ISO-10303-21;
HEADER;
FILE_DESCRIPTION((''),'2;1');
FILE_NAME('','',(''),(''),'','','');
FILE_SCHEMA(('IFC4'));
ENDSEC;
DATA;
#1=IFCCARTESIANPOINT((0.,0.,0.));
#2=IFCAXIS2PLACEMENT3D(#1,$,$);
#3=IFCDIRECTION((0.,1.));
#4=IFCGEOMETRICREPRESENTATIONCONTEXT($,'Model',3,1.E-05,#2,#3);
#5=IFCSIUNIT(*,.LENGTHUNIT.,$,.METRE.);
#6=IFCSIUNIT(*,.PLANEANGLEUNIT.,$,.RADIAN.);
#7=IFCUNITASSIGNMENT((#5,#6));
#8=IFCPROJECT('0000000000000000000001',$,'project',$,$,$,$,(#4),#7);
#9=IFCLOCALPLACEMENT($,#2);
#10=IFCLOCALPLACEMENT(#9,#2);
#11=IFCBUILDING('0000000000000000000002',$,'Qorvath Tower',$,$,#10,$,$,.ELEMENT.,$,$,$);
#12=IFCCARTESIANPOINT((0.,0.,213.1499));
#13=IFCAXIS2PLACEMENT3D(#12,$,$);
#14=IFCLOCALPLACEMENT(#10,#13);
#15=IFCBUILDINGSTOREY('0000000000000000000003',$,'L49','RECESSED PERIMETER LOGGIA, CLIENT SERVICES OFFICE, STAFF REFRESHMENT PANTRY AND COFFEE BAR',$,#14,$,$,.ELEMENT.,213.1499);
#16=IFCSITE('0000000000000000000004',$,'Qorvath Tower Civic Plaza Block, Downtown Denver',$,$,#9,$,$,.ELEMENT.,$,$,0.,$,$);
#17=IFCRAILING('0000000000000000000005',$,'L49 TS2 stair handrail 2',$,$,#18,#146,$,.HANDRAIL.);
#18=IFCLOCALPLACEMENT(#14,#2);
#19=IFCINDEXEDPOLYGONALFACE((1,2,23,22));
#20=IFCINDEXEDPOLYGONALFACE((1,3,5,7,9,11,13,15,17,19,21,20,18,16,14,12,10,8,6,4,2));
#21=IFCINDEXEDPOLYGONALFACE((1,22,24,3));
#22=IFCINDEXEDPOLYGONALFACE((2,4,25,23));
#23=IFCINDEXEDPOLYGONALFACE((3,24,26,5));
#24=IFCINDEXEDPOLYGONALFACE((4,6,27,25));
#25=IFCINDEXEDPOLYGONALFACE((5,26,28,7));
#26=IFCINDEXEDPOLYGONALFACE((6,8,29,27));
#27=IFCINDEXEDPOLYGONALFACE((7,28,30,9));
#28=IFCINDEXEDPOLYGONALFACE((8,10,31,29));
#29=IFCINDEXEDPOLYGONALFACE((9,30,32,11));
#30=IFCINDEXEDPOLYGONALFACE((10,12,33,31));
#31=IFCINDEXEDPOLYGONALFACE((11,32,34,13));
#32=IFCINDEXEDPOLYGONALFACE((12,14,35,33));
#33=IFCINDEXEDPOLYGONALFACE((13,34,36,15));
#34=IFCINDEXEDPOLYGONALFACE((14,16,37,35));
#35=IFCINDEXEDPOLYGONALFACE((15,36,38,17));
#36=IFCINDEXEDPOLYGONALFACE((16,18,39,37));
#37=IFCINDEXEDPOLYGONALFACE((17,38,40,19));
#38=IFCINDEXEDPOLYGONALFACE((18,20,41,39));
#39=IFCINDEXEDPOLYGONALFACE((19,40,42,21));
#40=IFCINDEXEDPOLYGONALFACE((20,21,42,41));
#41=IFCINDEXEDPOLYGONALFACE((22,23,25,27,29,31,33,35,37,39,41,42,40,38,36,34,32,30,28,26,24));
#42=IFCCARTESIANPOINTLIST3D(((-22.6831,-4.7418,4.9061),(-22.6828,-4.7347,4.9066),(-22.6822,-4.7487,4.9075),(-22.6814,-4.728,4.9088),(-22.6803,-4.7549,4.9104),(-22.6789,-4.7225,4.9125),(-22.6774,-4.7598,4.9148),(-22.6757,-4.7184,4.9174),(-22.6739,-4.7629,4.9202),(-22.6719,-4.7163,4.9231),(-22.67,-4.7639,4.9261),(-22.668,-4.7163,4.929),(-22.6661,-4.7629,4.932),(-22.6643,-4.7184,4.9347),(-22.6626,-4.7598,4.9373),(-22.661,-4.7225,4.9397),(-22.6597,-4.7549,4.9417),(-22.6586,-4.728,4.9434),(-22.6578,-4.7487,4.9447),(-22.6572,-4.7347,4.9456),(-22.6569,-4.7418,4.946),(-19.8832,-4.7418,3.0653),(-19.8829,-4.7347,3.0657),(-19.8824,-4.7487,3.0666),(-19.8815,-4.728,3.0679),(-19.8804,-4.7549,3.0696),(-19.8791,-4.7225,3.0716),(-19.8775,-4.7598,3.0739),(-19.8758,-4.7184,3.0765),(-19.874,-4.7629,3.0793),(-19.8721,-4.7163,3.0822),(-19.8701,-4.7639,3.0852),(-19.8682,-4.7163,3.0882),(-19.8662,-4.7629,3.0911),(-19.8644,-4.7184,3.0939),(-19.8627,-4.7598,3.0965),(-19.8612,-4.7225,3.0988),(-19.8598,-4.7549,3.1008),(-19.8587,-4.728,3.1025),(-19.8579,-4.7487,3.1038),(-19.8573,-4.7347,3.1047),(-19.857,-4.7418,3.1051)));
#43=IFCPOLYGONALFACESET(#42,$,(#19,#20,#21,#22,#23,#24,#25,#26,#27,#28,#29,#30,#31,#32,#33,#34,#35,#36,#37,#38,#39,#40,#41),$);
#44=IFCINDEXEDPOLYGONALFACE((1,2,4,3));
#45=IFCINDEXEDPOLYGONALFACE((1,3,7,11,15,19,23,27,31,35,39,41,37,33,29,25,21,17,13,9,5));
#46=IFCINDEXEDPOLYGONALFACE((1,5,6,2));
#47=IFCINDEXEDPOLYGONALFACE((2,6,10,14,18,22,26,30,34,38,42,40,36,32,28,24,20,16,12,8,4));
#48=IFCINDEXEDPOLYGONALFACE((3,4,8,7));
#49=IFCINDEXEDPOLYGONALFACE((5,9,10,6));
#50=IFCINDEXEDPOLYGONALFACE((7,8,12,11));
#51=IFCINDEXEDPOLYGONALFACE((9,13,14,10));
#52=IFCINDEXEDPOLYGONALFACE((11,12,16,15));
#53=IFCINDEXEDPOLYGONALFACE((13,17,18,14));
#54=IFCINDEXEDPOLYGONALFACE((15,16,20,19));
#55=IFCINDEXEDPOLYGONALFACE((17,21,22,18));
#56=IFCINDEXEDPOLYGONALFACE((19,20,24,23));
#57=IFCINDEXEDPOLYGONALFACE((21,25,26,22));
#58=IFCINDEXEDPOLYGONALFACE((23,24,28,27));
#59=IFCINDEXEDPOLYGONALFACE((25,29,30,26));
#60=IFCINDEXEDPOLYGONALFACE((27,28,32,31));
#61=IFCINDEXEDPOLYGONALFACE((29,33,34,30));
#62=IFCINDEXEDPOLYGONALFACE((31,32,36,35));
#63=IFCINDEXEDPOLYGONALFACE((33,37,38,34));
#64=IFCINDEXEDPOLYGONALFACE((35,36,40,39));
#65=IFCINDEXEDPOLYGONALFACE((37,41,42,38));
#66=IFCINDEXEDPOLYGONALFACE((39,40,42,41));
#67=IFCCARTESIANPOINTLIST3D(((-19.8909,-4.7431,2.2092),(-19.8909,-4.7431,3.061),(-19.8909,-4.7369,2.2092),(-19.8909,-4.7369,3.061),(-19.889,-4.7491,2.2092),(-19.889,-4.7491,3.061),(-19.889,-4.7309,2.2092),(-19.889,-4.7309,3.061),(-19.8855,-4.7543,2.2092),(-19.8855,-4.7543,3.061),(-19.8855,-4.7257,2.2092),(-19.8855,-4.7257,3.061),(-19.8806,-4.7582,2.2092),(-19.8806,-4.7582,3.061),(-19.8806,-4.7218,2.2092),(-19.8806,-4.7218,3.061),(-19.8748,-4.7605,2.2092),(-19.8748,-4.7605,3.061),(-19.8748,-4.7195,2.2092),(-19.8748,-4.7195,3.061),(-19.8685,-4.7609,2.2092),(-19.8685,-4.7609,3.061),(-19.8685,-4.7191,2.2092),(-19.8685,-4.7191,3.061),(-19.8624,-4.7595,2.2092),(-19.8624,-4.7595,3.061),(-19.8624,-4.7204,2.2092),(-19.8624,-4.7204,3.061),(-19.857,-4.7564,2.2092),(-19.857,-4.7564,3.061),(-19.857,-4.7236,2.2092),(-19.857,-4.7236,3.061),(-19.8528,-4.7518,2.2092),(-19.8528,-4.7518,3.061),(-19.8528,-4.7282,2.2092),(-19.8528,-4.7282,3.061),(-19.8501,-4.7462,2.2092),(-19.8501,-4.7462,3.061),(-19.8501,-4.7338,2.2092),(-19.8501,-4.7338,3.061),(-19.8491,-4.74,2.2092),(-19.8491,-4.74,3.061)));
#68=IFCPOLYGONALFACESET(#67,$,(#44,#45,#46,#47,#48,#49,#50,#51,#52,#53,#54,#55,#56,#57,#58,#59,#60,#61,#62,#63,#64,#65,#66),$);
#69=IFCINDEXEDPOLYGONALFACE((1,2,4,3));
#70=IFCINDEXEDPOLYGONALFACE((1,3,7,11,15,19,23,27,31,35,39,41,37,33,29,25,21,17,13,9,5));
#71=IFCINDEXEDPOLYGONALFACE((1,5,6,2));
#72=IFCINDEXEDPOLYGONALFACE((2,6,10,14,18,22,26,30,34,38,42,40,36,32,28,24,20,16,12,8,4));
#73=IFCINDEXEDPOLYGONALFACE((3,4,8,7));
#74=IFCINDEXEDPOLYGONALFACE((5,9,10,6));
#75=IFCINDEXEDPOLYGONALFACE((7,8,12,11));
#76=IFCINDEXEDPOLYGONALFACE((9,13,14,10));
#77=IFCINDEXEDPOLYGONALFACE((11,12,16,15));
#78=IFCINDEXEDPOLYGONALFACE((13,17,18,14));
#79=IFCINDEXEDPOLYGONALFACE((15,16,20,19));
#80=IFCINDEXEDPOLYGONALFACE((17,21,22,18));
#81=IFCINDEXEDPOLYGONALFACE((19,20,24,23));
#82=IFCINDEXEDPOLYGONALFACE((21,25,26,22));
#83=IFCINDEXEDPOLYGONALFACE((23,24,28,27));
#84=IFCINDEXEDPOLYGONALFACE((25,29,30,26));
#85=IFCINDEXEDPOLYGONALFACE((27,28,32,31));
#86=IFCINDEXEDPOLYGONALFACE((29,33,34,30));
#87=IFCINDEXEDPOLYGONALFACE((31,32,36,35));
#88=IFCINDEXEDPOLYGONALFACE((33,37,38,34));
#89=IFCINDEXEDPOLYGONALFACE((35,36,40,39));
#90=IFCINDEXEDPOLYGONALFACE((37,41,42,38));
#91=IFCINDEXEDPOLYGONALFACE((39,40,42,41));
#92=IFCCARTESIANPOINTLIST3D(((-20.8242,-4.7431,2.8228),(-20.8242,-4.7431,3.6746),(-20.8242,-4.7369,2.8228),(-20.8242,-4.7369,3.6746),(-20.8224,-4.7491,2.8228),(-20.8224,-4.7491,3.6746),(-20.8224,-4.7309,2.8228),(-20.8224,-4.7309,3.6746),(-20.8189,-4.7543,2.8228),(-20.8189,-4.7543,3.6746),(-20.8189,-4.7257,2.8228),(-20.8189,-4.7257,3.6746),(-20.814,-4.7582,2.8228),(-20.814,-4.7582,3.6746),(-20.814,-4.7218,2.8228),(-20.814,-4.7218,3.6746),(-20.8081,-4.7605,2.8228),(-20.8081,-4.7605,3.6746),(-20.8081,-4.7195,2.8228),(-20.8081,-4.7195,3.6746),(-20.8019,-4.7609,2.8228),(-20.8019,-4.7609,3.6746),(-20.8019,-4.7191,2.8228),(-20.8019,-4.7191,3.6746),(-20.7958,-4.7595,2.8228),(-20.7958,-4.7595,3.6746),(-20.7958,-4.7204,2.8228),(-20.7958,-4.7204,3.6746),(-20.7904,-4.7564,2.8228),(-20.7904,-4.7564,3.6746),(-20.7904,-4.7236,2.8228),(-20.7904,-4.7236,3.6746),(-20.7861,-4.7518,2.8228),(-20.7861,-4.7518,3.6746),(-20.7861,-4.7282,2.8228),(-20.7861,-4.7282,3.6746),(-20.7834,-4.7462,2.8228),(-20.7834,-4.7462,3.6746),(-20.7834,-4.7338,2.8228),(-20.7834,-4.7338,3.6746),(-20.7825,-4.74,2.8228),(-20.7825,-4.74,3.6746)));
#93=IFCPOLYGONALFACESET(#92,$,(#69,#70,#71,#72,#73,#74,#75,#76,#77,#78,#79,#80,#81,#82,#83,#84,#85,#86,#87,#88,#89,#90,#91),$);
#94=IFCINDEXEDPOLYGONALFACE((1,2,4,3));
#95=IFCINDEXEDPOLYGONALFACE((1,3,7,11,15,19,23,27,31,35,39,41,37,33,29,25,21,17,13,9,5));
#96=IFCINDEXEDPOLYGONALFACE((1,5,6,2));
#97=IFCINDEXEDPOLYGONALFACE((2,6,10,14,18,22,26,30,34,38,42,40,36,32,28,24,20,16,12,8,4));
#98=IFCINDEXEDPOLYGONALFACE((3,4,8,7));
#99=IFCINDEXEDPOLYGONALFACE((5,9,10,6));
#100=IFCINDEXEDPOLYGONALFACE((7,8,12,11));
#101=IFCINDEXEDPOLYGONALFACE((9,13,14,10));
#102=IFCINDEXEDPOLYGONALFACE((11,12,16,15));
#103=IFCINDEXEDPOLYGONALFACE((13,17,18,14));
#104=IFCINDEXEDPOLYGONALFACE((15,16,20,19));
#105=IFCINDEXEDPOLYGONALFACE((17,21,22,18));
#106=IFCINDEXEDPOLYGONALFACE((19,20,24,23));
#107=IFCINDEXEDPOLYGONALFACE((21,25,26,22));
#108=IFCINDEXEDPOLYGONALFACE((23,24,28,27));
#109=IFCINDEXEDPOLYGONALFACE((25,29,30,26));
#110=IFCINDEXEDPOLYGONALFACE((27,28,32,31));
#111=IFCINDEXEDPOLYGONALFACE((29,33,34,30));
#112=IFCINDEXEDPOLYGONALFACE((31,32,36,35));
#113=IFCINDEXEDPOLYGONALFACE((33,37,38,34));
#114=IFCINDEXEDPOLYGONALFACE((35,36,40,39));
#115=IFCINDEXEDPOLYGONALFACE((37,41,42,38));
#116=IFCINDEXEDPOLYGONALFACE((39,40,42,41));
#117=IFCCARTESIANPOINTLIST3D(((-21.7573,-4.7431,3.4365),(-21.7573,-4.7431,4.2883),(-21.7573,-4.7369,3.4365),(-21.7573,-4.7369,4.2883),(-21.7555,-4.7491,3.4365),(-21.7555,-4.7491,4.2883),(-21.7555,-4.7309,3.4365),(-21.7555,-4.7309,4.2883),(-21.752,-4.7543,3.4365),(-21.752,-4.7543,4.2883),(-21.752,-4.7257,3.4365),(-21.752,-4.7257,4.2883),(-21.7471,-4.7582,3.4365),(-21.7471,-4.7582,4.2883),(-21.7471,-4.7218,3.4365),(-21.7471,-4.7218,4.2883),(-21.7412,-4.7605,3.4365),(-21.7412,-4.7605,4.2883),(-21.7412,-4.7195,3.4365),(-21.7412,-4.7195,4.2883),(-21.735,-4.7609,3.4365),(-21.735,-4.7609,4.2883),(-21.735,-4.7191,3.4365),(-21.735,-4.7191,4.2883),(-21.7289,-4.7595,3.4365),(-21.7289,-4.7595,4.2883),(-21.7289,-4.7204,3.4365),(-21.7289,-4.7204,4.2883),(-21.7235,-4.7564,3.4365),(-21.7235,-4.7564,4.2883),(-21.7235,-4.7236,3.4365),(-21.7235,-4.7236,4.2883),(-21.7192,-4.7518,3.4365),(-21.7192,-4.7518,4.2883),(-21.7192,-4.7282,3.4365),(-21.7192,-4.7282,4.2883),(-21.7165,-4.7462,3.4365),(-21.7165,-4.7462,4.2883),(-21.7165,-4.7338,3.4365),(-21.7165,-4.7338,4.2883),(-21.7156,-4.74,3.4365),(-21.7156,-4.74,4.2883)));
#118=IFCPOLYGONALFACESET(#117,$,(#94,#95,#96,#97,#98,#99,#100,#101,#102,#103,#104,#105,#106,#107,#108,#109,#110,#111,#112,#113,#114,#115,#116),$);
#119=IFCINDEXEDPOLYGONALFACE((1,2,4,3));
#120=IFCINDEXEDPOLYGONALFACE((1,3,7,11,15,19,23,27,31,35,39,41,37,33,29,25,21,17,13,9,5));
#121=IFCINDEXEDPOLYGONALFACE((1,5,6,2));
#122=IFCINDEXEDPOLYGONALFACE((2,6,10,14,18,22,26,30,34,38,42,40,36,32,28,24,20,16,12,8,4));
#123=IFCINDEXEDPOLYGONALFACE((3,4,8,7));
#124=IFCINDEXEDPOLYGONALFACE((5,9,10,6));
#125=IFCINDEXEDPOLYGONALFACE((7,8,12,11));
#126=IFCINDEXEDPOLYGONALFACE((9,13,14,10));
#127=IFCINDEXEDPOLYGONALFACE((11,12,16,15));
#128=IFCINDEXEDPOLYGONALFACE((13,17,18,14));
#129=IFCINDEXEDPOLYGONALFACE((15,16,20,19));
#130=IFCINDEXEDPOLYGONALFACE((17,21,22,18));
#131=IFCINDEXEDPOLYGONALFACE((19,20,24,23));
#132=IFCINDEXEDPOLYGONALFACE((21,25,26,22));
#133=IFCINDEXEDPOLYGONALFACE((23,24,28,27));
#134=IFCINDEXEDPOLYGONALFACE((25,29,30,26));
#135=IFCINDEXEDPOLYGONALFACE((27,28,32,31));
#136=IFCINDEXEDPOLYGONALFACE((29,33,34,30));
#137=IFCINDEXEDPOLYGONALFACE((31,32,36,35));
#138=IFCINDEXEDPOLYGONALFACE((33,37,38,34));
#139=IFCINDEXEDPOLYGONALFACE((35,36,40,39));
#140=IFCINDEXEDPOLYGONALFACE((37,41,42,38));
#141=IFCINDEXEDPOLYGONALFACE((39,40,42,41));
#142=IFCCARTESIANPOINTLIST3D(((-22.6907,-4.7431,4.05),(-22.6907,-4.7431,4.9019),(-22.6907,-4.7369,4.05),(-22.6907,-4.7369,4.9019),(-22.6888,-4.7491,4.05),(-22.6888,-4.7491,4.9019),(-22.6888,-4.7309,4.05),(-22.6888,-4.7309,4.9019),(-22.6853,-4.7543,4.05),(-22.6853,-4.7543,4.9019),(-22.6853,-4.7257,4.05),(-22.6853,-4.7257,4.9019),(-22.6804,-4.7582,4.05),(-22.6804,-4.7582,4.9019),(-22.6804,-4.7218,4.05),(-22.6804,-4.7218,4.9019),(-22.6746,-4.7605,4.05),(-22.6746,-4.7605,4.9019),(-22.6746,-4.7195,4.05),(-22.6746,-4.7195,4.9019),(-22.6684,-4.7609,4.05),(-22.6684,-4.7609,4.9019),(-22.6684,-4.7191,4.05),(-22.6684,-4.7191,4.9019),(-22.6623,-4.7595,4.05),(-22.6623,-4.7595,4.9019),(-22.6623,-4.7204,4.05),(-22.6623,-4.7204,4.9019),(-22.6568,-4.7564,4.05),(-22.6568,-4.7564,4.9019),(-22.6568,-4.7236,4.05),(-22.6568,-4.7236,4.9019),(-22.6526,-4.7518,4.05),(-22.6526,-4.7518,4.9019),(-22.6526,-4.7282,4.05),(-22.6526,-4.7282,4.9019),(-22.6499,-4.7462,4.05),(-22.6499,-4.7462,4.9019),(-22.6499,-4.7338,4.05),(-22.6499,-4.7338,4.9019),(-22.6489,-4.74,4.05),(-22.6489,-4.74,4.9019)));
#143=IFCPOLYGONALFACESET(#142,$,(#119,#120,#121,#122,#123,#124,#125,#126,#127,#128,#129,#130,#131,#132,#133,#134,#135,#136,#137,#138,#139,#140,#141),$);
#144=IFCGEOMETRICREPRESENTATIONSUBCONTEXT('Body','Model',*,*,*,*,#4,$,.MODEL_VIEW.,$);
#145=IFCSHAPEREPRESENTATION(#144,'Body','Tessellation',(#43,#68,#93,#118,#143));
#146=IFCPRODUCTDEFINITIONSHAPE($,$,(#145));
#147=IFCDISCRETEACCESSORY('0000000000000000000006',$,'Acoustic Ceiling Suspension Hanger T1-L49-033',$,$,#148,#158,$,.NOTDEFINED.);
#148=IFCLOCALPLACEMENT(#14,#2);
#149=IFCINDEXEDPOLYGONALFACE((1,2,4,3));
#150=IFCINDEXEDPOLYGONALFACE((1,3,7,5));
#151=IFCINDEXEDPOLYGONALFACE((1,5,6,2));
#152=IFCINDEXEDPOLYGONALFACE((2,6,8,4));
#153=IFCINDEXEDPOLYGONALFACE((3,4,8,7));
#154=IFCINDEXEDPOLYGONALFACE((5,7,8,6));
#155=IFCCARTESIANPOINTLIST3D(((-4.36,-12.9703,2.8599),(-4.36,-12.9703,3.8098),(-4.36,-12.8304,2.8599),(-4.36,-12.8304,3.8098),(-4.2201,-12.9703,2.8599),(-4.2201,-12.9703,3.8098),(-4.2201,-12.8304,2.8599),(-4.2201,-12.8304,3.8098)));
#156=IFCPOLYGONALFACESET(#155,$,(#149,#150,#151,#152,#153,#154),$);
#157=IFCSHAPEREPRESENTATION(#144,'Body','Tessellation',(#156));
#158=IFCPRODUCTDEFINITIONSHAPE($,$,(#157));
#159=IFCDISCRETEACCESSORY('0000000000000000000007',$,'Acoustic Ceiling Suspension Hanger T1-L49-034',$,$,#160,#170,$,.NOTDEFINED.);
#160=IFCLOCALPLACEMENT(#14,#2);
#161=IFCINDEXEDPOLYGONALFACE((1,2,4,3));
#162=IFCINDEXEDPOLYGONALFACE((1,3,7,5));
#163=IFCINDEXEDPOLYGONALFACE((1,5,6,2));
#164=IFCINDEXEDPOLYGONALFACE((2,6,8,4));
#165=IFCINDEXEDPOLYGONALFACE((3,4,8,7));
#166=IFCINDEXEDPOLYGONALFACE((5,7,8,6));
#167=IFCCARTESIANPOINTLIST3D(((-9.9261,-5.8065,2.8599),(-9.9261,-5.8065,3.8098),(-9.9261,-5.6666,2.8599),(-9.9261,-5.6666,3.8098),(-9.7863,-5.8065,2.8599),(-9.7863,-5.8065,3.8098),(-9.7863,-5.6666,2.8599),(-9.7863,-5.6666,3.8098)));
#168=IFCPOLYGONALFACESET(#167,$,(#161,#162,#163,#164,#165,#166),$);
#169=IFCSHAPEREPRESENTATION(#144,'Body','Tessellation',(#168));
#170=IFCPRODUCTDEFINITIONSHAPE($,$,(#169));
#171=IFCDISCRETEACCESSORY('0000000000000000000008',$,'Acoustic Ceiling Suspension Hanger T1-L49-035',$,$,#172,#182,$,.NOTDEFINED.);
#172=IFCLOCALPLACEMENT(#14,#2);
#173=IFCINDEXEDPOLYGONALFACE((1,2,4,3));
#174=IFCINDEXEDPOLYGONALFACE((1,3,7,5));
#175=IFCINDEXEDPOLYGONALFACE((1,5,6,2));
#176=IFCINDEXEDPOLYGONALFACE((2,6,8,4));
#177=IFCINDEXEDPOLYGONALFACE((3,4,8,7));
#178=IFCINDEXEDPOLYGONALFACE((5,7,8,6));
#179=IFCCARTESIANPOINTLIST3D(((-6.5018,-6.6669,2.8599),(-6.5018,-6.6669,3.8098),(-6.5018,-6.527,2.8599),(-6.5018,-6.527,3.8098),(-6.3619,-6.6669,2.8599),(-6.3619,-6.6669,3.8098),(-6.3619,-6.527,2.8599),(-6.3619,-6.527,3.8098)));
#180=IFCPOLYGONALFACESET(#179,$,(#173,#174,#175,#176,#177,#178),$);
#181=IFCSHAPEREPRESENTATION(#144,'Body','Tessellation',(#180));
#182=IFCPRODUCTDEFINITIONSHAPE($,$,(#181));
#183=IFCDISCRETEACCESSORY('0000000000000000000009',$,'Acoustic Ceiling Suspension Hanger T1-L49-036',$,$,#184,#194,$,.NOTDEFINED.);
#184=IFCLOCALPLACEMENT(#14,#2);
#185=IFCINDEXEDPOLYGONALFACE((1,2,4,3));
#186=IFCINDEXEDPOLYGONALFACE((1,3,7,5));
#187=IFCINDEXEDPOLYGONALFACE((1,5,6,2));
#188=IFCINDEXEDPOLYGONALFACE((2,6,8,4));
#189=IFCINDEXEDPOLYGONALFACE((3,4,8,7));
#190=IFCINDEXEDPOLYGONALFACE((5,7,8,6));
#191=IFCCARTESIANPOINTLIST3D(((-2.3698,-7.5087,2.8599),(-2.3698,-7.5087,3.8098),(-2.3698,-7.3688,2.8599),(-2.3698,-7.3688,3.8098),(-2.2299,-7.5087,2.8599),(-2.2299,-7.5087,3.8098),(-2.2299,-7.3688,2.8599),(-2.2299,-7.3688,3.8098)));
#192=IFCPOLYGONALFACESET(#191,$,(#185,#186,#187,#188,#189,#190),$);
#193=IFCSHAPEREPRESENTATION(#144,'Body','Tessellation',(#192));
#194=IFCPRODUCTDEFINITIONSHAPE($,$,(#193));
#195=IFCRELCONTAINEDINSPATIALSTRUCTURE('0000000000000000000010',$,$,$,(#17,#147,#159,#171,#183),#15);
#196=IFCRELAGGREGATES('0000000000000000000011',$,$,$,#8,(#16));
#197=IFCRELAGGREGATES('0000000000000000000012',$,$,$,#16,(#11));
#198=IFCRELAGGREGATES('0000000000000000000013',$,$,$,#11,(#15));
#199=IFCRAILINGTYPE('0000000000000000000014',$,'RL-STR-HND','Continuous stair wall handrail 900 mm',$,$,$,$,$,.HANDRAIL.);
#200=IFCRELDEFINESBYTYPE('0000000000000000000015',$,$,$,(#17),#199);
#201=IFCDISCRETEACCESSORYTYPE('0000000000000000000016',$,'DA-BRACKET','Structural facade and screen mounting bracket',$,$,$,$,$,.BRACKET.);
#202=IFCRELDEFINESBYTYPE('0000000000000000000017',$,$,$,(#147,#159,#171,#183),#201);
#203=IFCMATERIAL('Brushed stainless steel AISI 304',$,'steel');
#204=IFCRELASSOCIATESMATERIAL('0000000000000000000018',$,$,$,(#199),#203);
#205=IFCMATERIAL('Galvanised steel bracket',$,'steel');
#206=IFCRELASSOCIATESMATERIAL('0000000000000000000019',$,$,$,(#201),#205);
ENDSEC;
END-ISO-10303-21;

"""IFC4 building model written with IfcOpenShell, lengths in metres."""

from ifc_helpers import new_model, si_unit, direction, frame, origin, origin_2d, place, context, subcontext, project, spatial, rectangle, circle, extrude, material, type_object, element, save


model = new_model("IFC4")

# Units and contexts
model_context = context("Model", 3, precision=1e-05, world=origin(), true_north=direction((0.0, 1.0)))
body_context = subcontext(model_context, "Body", "Model", "MODEL_VIEW")
ifc_project = project(units=[si_unit("LENGTHUNIT", "METRE"), si_unit("PLANEANGLEUNIT", "RADIAN")], contexts=[model_context])

# Site, building, storey
site_placement = place(None, origin())
site = spatial("IfcSite", under=ifc_project, at=site_placement, Name="Qorvath Tower Civic Plaza Block, Downtown Denver", CompositionType="ELEMENT", RefElevation=0.0)
building_placement = place(site_placement, origin())
building = spatial("IfcBuilding", under=site, at=building_placement, Name="Qorvath Tower", CompositionType="ELEMENT")
storey_placement = place(building_placement, frame((0.0, 0.0, 213.1499)))
storey = spatial("IfcBuildingStorey", under=building, at=storey_placement, Name="L49", Description="RECESSED PERIMETER LOGGIA, CLIENT SERVICES OFFICE, STAFF REFRESHMENT PANTRY AND COFFEE BAR", CompositionType="ELEMENT", Elevation=213.1499)

# Railing
ifc_material_1 = material(Name="Brushed stainless steel AISI 304", Category="steel")
railing_type_1 = type_object("IfcRailingType", Name="RL-STR-HND", Description="Continuous stair wall handrail 900 mm", PredefinedType="HANDRAIL", material=ifc_material_1)
railing_1_placement = place(storey_placement, frame((-19.8701, -4.74, 2.2092)))
element("IfcRailing", 1, at=railing_1_placement, inside=storey, type_object=railing_type_1, Name="L49 TS2 stair handrail 2", PredefinedType="HANDRAIL", context=body_context, shape_type="SweptSolid", body=[
    extrude(circle(Radius=0.0239, at=origin_2d()), frame((0.0, 0.0, 0.876), z_axis=(-0.835576, 0.0, 0.549376), x_axis=(0.0, -1.0, 0.0)), (0.0, 0.0, 1.0), 3.3508),
    extrude(circle(Radius=0.021, at=origin_2d()), origin(), (0.0, 0.0, 1.0), 0.8518),
    extrude(circle(Radius=0.021, at=origin_2d()), frame((-0.9333, 0.0, 0.6135)), (0.0, 0.0, 1.0), 0.8518),
    extrude(circle(Radius=0.021, at=origin_2d()), frame((-1.8665, 0.0, 1.2273)), (0.0, 0.0, 1.0), 0.8518),
    extrude(circle(Radius=0.021, at=origin_2d()), frame((-2.7998, 0.0, 1.8408)), (0.0, 0.0, 1.0), 0.8518),
])

# Discrete accessories
ifc_material_2 = material(Name="Galvanised steel bracket", Category="steel")
discrete_accessory_type = type_object("IfcDiscreteAccessoryType", Name="DA-BRACKET", Description="Structural facade and screen mounting bracket", PredefinedType="BRACKET", material=ifc_material_2)
for number, where, z_axis, x_axis, name in (
    (2, (-4.29, -12.9004, 2.8599), (0.0, 0.0, 1.0), (1.0, 0.0, 0.0), "Acoustic Ceiling Suspension Hanger T1-L49-033"),
    (3, (-9.8562, -5.7366, 2.8599), (0.0, 0.0, 1.0), (1.0, 0.0, 0.0), "Acoustic Ceiling Suspension Hanger T1-L49-034"),
    (4, (-6.4319, -6.5969, 2.8599), (0.0, 0.0, 1.0), (1.0, 0.0, 0.0), "Acoustic Ceiling Suspension Hanger T1-L49-035"),
    (5, (-2.2998, -7.4387, 2.8599), (0.0, 0.0, 1.0), (1.0, 0.0, 0.0), "Acoustic Ceiling Suspension Hanger T1-L49-036"),
):
    element("IfcDiscreteAccessory", number, at=place(storey_placement, frame(where, z_axis=z_axis, x_axis=x_axis)), inside=storey, type_object=discrete_accessory_type, Name=name, PredefinedType="NOTDEFINED", context=body_context, shape_type="SweptSolid", body=[
        extrude(rectangle(XDim=0.1399, YDim=0.1399, at=origin_2d()), origin(), (0.0, 0.0, 1.0), 0.95),
    ])

save(model, "model.ifc")
